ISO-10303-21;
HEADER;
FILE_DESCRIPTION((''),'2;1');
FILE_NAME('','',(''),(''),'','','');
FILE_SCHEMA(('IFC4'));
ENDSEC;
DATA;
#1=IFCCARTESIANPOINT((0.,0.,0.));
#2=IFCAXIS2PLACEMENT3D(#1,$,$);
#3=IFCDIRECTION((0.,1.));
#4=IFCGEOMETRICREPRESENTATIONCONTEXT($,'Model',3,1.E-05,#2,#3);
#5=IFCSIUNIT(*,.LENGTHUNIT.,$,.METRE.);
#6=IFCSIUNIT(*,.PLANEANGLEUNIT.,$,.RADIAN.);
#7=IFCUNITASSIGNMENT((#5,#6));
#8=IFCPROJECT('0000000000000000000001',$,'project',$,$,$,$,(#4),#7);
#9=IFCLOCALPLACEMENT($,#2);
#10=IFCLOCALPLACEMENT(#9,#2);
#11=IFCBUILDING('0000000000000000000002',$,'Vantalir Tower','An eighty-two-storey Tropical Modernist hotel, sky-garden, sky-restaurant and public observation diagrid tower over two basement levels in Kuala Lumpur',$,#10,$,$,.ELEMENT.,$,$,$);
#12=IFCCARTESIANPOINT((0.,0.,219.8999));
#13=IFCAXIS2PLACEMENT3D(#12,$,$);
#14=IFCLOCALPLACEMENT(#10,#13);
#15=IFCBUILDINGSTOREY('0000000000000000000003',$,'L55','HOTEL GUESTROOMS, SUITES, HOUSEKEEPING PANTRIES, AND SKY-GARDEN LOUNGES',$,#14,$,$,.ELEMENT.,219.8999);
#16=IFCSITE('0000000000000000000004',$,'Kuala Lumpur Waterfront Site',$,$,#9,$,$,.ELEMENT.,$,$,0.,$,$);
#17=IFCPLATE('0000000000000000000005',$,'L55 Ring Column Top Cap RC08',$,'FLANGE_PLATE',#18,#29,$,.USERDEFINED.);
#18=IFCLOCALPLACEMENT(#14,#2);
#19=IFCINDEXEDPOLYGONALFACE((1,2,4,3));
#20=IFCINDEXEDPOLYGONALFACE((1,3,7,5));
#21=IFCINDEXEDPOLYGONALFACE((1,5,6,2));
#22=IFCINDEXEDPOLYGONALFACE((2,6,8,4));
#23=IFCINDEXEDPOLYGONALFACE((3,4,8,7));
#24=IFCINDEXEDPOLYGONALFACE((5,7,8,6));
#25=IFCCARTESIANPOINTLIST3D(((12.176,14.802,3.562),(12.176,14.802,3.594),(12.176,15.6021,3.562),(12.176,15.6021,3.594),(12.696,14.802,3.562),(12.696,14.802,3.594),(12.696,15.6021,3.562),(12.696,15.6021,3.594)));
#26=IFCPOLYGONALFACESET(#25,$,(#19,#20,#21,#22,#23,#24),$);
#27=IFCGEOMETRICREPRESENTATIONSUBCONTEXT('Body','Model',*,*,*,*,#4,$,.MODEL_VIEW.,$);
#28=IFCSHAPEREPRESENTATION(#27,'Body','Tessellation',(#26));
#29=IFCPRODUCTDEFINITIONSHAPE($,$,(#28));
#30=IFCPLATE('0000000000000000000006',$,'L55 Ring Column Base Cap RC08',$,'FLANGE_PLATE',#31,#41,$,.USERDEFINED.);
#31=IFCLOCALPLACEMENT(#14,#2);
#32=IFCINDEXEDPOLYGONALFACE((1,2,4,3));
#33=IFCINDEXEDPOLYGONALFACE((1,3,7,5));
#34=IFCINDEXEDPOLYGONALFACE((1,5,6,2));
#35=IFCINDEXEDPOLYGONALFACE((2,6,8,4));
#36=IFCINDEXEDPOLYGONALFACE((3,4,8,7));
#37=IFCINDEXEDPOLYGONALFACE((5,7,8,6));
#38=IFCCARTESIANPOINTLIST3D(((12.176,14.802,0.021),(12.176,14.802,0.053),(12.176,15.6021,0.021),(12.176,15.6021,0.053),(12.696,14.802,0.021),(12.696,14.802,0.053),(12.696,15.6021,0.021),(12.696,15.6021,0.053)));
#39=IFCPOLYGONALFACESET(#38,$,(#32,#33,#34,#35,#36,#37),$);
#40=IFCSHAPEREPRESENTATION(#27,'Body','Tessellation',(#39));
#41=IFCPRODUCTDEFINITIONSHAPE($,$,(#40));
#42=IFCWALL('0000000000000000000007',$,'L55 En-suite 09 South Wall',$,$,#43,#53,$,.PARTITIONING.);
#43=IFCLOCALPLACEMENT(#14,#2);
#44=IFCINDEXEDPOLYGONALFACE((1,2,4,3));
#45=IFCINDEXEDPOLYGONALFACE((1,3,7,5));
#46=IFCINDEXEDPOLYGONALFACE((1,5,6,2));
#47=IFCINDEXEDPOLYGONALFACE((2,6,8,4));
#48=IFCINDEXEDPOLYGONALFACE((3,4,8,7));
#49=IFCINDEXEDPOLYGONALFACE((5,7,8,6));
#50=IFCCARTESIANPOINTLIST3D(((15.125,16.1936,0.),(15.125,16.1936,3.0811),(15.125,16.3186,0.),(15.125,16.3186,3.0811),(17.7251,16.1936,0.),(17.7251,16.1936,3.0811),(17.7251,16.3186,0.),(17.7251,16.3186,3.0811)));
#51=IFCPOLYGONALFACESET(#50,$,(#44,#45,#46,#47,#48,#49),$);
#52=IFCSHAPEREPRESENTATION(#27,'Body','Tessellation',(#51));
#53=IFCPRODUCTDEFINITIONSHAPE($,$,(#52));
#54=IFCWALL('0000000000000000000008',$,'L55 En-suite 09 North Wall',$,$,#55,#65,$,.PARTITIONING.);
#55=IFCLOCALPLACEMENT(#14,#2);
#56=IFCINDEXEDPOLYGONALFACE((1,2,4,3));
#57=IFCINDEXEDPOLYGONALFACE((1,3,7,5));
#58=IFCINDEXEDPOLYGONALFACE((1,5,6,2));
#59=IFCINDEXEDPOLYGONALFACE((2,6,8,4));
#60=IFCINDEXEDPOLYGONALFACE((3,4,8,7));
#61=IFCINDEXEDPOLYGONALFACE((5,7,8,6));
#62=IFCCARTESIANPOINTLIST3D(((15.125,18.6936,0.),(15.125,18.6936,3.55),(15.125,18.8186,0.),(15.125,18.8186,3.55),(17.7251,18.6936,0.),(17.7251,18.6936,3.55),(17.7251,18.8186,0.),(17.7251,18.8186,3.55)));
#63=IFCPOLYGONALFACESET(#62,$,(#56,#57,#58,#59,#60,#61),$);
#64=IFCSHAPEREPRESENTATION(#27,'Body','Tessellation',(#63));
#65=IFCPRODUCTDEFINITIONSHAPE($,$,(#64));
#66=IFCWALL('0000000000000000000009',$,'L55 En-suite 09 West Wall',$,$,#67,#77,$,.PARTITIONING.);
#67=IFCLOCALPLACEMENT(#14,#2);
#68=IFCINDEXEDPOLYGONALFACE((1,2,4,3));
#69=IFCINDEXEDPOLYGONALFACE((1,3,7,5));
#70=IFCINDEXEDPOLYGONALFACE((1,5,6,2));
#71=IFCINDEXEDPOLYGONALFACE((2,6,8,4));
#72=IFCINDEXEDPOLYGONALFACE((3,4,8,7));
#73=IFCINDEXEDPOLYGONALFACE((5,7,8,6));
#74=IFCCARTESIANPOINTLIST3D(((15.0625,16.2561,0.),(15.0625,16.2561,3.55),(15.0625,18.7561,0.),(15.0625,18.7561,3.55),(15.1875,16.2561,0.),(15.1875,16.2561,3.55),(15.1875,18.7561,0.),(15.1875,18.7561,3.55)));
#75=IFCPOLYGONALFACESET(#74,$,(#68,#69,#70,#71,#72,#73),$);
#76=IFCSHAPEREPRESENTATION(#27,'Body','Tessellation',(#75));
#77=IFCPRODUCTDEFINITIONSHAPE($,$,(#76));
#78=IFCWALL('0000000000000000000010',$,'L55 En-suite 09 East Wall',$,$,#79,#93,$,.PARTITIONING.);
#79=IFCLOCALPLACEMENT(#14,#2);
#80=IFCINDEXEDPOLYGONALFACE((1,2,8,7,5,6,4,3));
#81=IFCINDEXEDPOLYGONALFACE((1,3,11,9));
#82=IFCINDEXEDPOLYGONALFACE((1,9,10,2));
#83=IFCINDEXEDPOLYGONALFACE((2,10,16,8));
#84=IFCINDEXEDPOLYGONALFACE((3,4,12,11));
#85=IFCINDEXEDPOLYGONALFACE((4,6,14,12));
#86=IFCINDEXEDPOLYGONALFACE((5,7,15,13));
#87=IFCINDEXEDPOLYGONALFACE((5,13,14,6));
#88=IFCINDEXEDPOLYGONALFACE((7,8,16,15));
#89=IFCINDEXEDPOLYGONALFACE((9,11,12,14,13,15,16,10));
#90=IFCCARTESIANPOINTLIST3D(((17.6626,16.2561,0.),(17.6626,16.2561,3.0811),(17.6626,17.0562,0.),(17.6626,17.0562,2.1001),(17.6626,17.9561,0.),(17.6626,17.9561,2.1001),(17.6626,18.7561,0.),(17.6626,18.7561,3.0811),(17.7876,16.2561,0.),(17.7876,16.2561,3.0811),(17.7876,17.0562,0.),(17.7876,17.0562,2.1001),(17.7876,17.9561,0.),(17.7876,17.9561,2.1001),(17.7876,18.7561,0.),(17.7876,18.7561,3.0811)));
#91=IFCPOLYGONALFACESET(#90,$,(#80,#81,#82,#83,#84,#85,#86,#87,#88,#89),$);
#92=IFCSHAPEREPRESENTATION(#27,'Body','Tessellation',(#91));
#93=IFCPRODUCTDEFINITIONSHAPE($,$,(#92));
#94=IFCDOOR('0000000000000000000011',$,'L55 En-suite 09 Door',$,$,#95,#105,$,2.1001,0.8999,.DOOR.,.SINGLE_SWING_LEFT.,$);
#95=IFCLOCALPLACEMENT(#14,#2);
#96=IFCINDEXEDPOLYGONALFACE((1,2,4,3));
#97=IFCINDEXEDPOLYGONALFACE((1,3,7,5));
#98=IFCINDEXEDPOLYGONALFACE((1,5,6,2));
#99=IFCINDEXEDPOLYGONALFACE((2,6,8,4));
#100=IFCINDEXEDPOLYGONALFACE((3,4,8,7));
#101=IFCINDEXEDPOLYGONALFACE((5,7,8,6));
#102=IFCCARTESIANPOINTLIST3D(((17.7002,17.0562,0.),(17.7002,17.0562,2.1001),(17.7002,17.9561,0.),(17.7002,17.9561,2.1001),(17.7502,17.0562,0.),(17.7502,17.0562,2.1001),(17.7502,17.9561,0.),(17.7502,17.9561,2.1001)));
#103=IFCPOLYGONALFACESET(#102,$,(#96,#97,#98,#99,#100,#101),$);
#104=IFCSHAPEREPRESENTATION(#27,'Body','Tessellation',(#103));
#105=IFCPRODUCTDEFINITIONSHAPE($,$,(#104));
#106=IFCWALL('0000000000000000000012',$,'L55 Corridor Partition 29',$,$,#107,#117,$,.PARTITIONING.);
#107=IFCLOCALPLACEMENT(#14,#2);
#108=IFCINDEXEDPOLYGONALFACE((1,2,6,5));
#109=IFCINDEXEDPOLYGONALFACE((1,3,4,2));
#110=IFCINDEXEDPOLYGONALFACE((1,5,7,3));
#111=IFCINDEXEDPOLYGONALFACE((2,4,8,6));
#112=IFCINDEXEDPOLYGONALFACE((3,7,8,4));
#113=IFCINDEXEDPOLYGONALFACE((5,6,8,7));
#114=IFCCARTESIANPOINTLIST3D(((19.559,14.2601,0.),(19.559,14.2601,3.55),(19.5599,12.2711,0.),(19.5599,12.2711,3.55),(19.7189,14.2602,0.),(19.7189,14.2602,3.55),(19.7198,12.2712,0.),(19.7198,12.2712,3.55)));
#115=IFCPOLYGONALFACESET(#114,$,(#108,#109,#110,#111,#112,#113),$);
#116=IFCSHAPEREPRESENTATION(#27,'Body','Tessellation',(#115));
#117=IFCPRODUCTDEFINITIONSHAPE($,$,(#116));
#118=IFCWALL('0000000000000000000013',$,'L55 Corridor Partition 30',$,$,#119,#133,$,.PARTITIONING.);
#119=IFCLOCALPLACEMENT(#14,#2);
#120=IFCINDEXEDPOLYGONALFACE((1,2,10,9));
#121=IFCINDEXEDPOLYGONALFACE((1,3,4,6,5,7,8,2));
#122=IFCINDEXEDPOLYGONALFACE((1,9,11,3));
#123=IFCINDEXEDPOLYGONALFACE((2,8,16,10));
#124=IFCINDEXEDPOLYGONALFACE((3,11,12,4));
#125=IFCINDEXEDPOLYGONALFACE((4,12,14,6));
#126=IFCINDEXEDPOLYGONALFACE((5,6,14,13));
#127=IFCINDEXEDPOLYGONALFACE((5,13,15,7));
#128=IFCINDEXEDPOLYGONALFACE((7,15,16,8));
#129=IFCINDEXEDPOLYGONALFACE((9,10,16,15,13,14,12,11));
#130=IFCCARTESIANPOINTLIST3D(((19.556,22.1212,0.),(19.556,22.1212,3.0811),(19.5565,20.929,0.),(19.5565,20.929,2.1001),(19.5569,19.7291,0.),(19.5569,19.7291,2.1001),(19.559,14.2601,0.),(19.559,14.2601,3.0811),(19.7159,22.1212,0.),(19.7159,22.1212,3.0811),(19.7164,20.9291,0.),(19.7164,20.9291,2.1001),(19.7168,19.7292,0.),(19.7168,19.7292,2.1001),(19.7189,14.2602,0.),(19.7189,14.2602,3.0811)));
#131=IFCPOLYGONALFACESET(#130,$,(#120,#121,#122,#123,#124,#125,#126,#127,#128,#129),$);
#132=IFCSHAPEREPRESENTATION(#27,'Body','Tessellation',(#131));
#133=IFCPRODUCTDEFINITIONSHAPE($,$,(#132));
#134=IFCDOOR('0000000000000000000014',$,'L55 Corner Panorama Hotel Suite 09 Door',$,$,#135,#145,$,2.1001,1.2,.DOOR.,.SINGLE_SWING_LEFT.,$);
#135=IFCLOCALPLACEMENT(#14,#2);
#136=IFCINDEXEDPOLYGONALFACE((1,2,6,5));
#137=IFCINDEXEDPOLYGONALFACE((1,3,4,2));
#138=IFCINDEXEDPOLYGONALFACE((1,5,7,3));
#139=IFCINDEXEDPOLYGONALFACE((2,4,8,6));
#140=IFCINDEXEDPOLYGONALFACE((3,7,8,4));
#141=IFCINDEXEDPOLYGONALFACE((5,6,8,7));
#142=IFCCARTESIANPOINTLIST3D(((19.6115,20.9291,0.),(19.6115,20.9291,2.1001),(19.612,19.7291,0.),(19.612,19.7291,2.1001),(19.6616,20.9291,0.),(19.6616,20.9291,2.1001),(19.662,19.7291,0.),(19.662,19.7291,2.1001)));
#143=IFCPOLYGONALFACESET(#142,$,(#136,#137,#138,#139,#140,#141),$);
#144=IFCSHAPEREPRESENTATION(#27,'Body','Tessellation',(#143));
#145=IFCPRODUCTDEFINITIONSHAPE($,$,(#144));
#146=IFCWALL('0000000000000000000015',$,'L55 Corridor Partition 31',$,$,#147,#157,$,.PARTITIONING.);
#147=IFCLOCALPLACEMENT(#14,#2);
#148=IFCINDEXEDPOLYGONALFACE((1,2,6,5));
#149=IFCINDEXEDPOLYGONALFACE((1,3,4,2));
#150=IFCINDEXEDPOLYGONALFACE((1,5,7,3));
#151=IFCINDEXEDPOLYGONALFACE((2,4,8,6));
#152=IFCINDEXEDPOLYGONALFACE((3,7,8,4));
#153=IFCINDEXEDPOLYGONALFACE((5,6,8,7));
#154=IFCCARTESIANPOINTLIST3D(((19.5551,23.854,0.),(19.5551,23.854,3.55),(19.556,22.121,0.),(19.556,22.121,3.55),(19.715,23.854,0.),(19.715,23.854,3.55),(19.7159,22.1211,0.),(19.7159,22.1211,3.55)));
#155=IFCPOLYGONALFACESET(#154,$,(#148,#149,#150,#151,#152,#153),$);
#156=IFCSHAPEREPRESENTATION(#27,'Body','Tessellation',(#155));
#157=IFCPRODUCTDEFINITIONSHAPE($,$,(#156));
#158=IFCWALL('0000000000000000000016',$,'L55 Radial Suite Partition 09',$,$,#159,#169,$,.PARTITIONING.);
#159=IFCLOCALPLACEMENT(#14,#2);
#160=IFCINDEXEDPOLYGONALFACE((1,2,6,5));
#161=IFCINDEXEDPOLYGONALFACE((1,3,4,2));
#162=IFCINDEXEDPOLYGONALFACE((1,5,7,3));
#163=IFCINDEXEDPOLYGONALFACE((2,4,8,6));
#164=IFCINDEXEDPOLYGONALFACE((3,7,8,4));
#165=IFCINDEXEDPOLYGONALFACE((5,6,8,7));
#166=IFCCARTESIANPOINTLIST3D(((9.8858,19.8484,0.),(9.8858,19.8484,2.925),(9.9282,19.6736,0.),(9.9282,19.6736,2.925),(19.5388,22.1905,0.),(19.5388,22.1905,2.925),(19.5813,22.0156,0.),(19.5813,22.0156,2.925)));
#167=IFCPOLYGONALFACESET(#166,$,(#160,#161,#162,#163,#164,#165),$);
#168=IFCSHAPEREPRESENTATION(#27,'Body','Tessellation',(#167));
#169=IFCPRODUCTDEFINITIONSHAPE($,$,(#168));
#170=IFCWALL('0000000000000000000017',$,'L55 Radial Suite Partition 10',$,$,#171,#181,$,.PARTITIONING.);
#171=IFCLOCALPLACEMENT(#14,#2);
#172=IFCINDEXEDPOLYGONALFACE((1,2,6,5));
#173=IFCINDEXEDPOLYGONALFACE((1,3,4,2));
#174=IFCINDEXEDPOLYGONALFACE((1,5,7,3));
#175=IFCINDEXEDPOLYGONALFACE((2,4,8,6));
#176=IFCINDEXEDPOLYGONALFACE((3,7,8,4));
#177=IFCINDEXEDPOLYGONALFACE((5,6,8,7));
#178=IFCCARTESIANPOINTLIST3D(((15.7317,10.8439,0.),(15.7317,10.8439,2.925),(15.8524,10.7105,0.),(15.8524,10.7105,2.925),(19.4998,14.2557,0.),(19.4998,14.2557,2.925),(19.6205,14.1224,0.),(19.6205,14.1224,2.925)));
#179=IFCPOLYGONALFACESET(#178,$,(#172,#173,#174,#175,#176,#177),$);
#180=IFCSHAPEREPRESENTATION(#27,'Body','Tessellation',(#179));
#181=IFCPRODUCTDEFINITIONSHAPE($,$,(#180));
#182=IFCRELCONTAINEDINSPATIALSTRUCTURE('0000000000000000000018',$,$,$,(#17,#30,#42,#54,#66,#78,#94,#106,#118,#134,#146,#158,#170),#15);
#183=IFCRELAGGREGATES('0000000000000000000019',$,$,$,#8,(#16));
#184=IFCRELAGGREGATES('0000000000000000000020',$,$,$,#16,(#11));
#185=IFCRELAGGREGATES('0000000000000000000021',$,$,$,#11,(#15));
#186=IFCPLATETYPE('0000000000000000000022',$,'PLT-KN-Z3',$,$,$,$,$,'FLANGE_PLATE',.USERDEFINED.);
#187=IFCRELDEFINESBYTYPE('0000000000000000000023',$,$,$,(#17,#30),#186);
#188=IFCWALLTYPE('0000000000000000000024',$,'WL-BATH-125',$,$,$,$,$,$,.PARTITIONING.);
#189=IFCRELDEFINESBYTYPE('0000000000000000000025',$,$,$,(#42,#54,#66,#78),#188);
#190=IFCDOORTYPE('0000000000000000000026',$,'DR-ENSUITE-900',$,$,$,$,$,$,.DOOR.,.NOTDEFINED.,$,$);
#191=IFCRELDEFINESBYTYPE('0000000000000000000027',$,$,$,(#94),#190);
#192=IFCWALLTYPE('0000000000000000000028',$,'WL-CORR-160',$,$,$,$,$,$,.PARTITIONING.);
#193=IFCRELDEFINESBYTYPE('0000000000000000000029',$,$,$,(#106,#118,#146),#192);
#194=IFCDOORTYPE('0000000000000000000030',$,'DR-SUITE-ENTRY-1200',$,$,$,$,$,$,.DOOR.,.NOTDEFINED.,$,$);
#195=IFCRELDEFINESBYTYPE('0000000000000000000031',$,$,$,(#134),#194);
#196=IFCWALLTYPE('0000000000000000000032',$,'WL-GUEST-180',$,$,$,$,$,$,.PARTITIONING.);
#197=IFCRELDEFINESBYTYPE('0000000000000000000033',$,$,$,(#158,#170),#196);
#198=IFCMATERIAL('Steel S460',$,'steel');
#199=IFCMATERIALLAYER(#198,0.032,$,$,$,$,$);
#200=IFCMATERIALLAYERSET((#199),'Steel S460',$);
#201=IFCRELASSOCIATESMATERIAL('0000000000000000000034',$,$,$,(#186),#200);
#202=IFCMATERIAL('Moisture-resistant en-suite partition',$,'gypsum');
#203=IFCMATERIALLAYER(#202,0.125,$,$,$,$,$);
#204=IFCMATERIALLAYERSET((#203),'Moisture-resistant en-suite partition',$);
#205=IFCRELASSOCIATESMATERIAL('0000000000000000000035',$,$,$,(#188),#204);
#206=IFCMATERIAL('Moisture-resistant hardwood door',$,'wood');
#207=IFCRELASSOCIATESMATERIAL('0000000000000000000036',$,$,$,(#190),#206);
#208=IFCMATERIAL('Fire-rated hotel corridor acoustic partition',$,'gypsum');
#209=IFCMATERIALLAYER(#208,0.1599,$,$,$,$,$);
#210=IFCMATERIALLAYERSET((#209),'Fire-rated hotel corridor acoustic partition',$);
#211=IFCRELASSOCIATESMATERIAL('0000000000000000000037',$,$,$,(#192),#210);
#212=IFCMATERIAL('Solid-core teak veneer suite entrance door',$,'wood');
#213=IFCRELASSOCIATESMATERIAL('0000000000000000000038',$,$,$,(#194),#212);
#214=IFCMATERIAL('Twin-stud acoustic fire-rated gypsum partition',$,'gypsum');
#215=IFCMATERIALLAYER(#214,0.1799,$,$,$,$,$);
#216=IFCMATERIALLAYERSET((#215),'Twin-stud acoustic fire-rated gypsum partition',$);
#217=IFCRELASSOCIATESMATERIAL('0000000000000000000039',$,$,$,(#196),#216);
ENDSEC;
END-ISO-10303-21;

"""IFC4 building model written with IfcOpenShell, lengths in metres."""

from ifc_helpers import new_model, si_unit, direction, frame, frame_2d, origin, place, context, subcontext, project, spatial, polyline, rectangle, outline, extrude, material, layer, layer_set, type_object, element, fill, save


model = new_model("IFC4")

# Units and contexts
model_context = context("Model", 3, precision=1e-05, world=origin(), true_north=direction((0.0, 1.0)))
body_context = subcontext(model_context, "Body", "Model", "MODEL_VIEW")
ifc_project = project(units=[si_unit("LENGTHUNIT", "METRE"), si_unit("PLANEANGLEUNIT", "RADIAN")], contexts=[model_context])

# Site, building, storey
site_placement = place(None, origin())
site = spatial("IfcSite", under=ifc_project, at=site_placement, Name="Kuala Lumpur Waterfront Site", CompositionType="ELEMENT", RefElevation=0.0)
building_placement = place(site_placement, origin())
building = spatial("IfcBuilding", under=site, at=building_placement, Name="Vantalir Tower", Description="An eighty-two-storey Tropical Modernist hotel, sky-garden, sky-restaurant and public observation diagrid tower over two basement levels in Kuala Lumpur", CompositionType="ELEMENT")
storey_placement = place(building_placement, frame((0.0, 0.0, 219.8999)))
storey = spatial("IfcBuildingStorey", under=building, at=storey_placement, Name="L55", Description="HOTEL GUESTROOMS, SUITES, HOUSEKEEPING PANTRIES, AND SKY-GARDEN LOUNGES", CompositionType="ELEMENT", Elevation=219.8999)

# Shared definitions
ifc_material_1 = material(Name="Steel S460", Category="steel")

# Plates
ifc_layer_1 = layer(ifc_material_1, 0.032)
ifc_layer_set_1 = layer_set([ifc_layer_1], Name="Steel S460")
plate_type_1 = type_object("IfcPlateType", Name="PLT-KN-Z3", ElementType="FLANGE_PLATE", PredefinedType="USERDEFINED", material=ifc_layer_set_1)
for number, where, z_axis, x_axis, name in (
    (1, (12.176, 15.6021, 3.594), (0.0, 0.0, 1.0), (0.0, -1.0, 0.0), "L55 Ring Column Top Cap RC08"),
    (2, (12.176, 15.6021, 0.053), (0.0, 0.0, 1.0), (0.0, -1.0, 0.0), "L55 Ring Column Base Cap RC08"),
):
    element("IfcPlate", number, at=place(storey_placement, frame(where, z_axis=z_axis, x_axis=x_axis)), inside=storey, type_object=plate_type_1, Name=name, ObjectType="FLANGE_PLATE", PredefinedType="USERDEFINED", context=body_context, shape_type="SweptSolid", body=[
        extrude(outline(polyline([(0.0, 0.0), (0.8, 0.0), (0.8, 0.52), (0.0, 0.52), (0.0, 0.0)])), origin(), (0.0, 0.0, -1.0), 0.032),
    ])

# Walls
ifc_material_2 = material(Name="Moisture-resistant en-suite partition", Category="gypsum")
ifc_layer_2 = layer(ifc_material_2, 0.125)
ifc_layer_set_2 = layer_set([ifc_layer_2], Name="Moisture-resistant en-suite partition")
wall_type_1 = type_object("IfcWallType", Name="WL-BATH-125", PredefinedType="PARTITIONING", material=ifc_layer_set_2)
wall_1_placement = place(storey_placement, frame((15.125, 16.2561, 0.0), z_axis=(0.0, 0.0, 1.0), x_axis=(1.0, 0.0, 0.0)))
element("IfcWall", 3, at=wall_1_placement, inside=storey, type_object=wall_type_1, Name="L55 En-suite 09 South Wall", PredefinedType="PARTITIONING", context=body_context, shape_type="SweptSolid", body=[
    extrude(rectangle(XDim=2.6001, YDim=0.125, at=frame_2d((1.3, 0.0))), origin(), (0.0, 0.0, 1.0), 3.0811),
])
wall_2_placement = place(storey_placement, frame((15.125, 18.7561, 0.0), z_axis=(0.0, 0.0, 1.0), x_axis=(1.0, 0.0, 0.0)))
element("IfcWall", 4, at=wall_2_placement, inside=storey, type_object=wall_type_1, Name="L55 En-suite 09 North Wall", PredefinedType="PARTITIONING", context=body_context, shape_type="SweptSolid", body=[
    extrude(rectangle(XDim=2.6001, YDim=0.125, at=frame_2d((1.3, 0.0))), origin(), (0.0, 0.0, 1.0), 3.55),
])
wall_3_placement = place(storey_placement, frame((15.125, 16.2561, 0.0), z_axis=(0.0, 0.0, 1.0), x_axis=(0.0, 1.0, 0.0)))
element("IfcWall", 5, at=wall_3_placement, inside=storey, type_object=wall_type_1, Name="L55 En-suite 09 West Wall", PredefinedType="PARTITIONING", context=body_context, shape_type="SweptSolid", body=[
    extrude(rectangle(XDim=2.5, YDim=0.125, at=frame_2d((1.25, 0.0))), origin(), (0.0, 0.0, 1.0), 3.55),
])

# Wall, opening, door
wall_4_placement = place(storey_placement, frame((17.7251, 16.2561, 0.0), z_axis=(0.0, 0.0, 1.0), x_axis=(0.0, 1.0, 0.0)))
wall_4 = element("IfcWall", 6, at=wall_4_placement, inside=storey, type_object=wall_type_1, Name="L55 En-suite 09 East Wall", PredefinedType="PARTITIONING", context=body_context, shape_type="SweptSolid", body=[
    extrude(rectangle(XDim=2.5, YDim=0.125, at=frame_2d((1.25, 0.0))), origin(), (0.0, 0.0, 1.0), 3.0811),
])
opening_1_placement = place(wall_4_placement, frame((0.8, 0.0, 0.0)))
opening_1 = element("IfcOpeningElement", 7, at=opening_1_placement, cuts=wall_4, PredefinedType="OPENING", context=body_context, shape_type="SweptSolid", body=[
    extrude(rectangle(XDim=0.8999, YDim=2.1001, at=frame_2d((0.45, 1.05))), frame((0.0, 0.0725, 0.0), z_axis=(0.0, -1.0, 0.0), x_axis=(1.0, 0.0, 0.0)), (0.0, 0.0, 1.0), 0.145),
])
ifc_material_3 = material(Name="Moisture-resistant hardwood door", Category="wood")
door_type_1 = type_object("IfcDoorType", Name="DR-ENSUITE-900", OperationType="NOTDEFINED", PredefinedType="DOOR", material=ifc_material_3)
door_1_placement = place(opening_1_placement, origin())
door_1 = element("IfcDoor", 8, at=door_1_placement, inside=storey, type_object=door_type_1, Name="L55 En-suite 09 Door", OperationType="SINGLE_SWING_LEFT", OverallHeight=2.1001, OverallWidth=0.8999, PredefinedType="DOOR", context=body_context, shape_type="SweptSolid", body=[
    extrude(rectangle(XDim=0.8999, YDim=2.1001, at=frame_2d((0.45, 1.05))), frame((0.0, 0.0249, 0.0), z_axis=(0.0, -1.0, 0.0), x_axis=(1.0, 0.0, 0.0)), (0.0, 0.0, 1.0), 0.05),
])
fill(opening_1, door_1)

# Wall
ifc_material_4 = material(Name="Fire-rated hotel corridor acoustic partition", Category="gypsum")
ifc_layer_3 = layer(ifc_material_4, 0.1599)
ifc_layer_set_3 = layer_set([ifc_layer_3], Name="Fire-rated hotel corridor acoustic partition")
wall_type_2 = type_object("IfcWallType", Name="WL-CORR-160", PredefinedType="PARTITIONING", material=ifc_layer_set_3)
wall_5_placement = place(storey_placement, frame((19.6399, 12.271, 0.0), z_axis=(0.0, 0.0, 1.0), x_axis=(-0.000491, 1.0, 0.0)))
element("IfcWall", 9, at=wall_5_placement, inside=storey, type_object=wall_type_2, Name="L55 Corridor Partition 29", PredefinedType="PARTITIONING", context=body_context, shape_type="SweptSolid", body=[
    extrude(rectangle(XDim=1.989, YDim=0.1599, at=frame_2d((0.9946, 0.0))), origin(), (0.0, 0.0, 1.0), 3.55),
])

# Wall, opening, door
wall_6_placement = place(storey_placement, frame((19.6389, 14.26, 0.0), z_axis=(0.0, 0.0, 1.0), x_axis=(-0.000373, 1.0, 0.0)))
wall_6 = element("IfcWall", 10, at=wall_6_placement, inside=storey, type_object=wall_type_2, Name="L55 Corridor Partition 30", PredefinedType="PARTITIONING", context=body_context, shape_type="SweptSolid", body=[
    extrude(rectangle(XDim=7.8611, YDim=0.1599, at=frame_2d((3.9307, 0.0))), origin(), (0.0, 0.0, 1.0), 3.0811),
])
opening_2_placement = place(wall_6_placement, frame((5.469, 0.0, 0.0)))
opening_2 = element("IfcOpeningElement", 11, at=opening_2_placement, cuts=wall_6, PredefinedType="OPENING", context=body_context, shape_type="SweptSolid", body=[
    extrude(rectangle(XDim=1.2, YDim=2.1001, at=frame_2d((0.6001, 1.05))), frame((0.0, 0.0898, 0.0), z_axis=(0.0, -1.0, 0.0), x_axis=(1.0, 0.0, 0.0)), (0.0, 0.0, 1.0), 0.1799),
])
ifc_material_5 = material(Name="Solid-core teak veneer suite entrance door", Category="wood")
door_type_2 = type_object("IfcDoorType", Name="DR-SUITE-ENTRY-1200", OperationType="NOTDEFINED", PredefinedType="DOOR", material=ifc_material_5)
door_2_placement = place(opening_2_placement, origin())
door_2 = element("IfcDoor", 12, at=door_2_placement, inside=storey, type_object=door_type_2, Name="L55 Corner Panorama Hotel Suite 09 Door", OperationType="SINGLE_SWING_LEFT", OverallHeight=2.1001, OverallWidth=1.2, PredefinedType="DOOR", context=body_context, shape_type="SweptSolid", body=[
    extrude(rectangle(XDim=1.2, YDim=2.1001, at=frame_2d((0.6001, 1.05))), frame((0.0, 0.0249, 0.0), z_axis=(0.0, -1.0, 0.0), x_axis=(1.0, 0.0, 0.0)), (0.0, 0.0, 1.0), 0.05),
])
fill(opening_2, door_2)

# Walls
wall_7_placement = place(storey_placement, frame((19.636, 22.1211, 0.0), z_axis=(0.0, 0.0, 1.0), x_axis=(-0.000564, 1.0, 0.0)))
element("IfcWall", 13, at=wall_7_placement, inside=storey, type_object=wall_type_2, Name="L55 Corridor Partition 31", PredefinedType="PARTITIONING", context=body_context, shape_type="SweptSolid", body=[
    extrude(rectangle(XDim=1.7329, YDim=0.1599, at=frame_2d((0.8665, 0.0))), origin(), (0.0, 0.0, 1.0), 3.55),
])
ifc_material_6 = material(Name="Twin-stud acoustic fire-rated gypsum partition", Category="gypsum")
ifc_layer_4 = layer(ifc_material_6, 0.1799)
ifc_layer_set_4 = layer_set([ifc_layer_4], Name="Twin-stud acoustic fire-rated gypsum partition")
wall_type_3 = type_object("IfcWallType", Name="WL-GUEST-180", PredefinedType="PARTITIONING", material=ifc_layer_set_4)
wall_8_placement = place(storey_placement, frame((19.5601, 22.103, 0.0), z_axis=(0.0, 0.0, 1.0), x_axis=(-0.971806, -0.235781, 0.0)))
element("IfcWall", 14, at=wall_8_placement, inside=storey, type_object=wall_type_3, Name="L55 Radial Suite Partition 09", PredefinedType="PARTITIONING", context=body_context, shape_type="SweptSolid", body=[
    extrude(rectangle(XDim=9.9331, YDim=0.1799, at=frame_2d((4.9666, 0.0))), origin(), (0.0, 0.0, 1.0), 2.925),
])
wall_9_placement = place(storey_placement, frame((19.5601, 14.189, 0.0), z_axis=(0.0, 0.0, 1.0), x_axis=(-0.741275, -0.671201, 0.0)))
element("IfcWall", 15, at=wall_9_placement, inside=storey, type_object=wall_type_3, Name="L55 Radial Suite Partition 10", PredefinedType="PARTITIONING", context=body_context, shape_type="SweptSolid", body=[
    extrude(rectangle(XDim=5.0833, YDim=0.1799, at=frame_2d((2.5415, 0.0))), origin(), (0.0, 0.0, 1.0), 2.925),
])

save(model, "model.ifc")
